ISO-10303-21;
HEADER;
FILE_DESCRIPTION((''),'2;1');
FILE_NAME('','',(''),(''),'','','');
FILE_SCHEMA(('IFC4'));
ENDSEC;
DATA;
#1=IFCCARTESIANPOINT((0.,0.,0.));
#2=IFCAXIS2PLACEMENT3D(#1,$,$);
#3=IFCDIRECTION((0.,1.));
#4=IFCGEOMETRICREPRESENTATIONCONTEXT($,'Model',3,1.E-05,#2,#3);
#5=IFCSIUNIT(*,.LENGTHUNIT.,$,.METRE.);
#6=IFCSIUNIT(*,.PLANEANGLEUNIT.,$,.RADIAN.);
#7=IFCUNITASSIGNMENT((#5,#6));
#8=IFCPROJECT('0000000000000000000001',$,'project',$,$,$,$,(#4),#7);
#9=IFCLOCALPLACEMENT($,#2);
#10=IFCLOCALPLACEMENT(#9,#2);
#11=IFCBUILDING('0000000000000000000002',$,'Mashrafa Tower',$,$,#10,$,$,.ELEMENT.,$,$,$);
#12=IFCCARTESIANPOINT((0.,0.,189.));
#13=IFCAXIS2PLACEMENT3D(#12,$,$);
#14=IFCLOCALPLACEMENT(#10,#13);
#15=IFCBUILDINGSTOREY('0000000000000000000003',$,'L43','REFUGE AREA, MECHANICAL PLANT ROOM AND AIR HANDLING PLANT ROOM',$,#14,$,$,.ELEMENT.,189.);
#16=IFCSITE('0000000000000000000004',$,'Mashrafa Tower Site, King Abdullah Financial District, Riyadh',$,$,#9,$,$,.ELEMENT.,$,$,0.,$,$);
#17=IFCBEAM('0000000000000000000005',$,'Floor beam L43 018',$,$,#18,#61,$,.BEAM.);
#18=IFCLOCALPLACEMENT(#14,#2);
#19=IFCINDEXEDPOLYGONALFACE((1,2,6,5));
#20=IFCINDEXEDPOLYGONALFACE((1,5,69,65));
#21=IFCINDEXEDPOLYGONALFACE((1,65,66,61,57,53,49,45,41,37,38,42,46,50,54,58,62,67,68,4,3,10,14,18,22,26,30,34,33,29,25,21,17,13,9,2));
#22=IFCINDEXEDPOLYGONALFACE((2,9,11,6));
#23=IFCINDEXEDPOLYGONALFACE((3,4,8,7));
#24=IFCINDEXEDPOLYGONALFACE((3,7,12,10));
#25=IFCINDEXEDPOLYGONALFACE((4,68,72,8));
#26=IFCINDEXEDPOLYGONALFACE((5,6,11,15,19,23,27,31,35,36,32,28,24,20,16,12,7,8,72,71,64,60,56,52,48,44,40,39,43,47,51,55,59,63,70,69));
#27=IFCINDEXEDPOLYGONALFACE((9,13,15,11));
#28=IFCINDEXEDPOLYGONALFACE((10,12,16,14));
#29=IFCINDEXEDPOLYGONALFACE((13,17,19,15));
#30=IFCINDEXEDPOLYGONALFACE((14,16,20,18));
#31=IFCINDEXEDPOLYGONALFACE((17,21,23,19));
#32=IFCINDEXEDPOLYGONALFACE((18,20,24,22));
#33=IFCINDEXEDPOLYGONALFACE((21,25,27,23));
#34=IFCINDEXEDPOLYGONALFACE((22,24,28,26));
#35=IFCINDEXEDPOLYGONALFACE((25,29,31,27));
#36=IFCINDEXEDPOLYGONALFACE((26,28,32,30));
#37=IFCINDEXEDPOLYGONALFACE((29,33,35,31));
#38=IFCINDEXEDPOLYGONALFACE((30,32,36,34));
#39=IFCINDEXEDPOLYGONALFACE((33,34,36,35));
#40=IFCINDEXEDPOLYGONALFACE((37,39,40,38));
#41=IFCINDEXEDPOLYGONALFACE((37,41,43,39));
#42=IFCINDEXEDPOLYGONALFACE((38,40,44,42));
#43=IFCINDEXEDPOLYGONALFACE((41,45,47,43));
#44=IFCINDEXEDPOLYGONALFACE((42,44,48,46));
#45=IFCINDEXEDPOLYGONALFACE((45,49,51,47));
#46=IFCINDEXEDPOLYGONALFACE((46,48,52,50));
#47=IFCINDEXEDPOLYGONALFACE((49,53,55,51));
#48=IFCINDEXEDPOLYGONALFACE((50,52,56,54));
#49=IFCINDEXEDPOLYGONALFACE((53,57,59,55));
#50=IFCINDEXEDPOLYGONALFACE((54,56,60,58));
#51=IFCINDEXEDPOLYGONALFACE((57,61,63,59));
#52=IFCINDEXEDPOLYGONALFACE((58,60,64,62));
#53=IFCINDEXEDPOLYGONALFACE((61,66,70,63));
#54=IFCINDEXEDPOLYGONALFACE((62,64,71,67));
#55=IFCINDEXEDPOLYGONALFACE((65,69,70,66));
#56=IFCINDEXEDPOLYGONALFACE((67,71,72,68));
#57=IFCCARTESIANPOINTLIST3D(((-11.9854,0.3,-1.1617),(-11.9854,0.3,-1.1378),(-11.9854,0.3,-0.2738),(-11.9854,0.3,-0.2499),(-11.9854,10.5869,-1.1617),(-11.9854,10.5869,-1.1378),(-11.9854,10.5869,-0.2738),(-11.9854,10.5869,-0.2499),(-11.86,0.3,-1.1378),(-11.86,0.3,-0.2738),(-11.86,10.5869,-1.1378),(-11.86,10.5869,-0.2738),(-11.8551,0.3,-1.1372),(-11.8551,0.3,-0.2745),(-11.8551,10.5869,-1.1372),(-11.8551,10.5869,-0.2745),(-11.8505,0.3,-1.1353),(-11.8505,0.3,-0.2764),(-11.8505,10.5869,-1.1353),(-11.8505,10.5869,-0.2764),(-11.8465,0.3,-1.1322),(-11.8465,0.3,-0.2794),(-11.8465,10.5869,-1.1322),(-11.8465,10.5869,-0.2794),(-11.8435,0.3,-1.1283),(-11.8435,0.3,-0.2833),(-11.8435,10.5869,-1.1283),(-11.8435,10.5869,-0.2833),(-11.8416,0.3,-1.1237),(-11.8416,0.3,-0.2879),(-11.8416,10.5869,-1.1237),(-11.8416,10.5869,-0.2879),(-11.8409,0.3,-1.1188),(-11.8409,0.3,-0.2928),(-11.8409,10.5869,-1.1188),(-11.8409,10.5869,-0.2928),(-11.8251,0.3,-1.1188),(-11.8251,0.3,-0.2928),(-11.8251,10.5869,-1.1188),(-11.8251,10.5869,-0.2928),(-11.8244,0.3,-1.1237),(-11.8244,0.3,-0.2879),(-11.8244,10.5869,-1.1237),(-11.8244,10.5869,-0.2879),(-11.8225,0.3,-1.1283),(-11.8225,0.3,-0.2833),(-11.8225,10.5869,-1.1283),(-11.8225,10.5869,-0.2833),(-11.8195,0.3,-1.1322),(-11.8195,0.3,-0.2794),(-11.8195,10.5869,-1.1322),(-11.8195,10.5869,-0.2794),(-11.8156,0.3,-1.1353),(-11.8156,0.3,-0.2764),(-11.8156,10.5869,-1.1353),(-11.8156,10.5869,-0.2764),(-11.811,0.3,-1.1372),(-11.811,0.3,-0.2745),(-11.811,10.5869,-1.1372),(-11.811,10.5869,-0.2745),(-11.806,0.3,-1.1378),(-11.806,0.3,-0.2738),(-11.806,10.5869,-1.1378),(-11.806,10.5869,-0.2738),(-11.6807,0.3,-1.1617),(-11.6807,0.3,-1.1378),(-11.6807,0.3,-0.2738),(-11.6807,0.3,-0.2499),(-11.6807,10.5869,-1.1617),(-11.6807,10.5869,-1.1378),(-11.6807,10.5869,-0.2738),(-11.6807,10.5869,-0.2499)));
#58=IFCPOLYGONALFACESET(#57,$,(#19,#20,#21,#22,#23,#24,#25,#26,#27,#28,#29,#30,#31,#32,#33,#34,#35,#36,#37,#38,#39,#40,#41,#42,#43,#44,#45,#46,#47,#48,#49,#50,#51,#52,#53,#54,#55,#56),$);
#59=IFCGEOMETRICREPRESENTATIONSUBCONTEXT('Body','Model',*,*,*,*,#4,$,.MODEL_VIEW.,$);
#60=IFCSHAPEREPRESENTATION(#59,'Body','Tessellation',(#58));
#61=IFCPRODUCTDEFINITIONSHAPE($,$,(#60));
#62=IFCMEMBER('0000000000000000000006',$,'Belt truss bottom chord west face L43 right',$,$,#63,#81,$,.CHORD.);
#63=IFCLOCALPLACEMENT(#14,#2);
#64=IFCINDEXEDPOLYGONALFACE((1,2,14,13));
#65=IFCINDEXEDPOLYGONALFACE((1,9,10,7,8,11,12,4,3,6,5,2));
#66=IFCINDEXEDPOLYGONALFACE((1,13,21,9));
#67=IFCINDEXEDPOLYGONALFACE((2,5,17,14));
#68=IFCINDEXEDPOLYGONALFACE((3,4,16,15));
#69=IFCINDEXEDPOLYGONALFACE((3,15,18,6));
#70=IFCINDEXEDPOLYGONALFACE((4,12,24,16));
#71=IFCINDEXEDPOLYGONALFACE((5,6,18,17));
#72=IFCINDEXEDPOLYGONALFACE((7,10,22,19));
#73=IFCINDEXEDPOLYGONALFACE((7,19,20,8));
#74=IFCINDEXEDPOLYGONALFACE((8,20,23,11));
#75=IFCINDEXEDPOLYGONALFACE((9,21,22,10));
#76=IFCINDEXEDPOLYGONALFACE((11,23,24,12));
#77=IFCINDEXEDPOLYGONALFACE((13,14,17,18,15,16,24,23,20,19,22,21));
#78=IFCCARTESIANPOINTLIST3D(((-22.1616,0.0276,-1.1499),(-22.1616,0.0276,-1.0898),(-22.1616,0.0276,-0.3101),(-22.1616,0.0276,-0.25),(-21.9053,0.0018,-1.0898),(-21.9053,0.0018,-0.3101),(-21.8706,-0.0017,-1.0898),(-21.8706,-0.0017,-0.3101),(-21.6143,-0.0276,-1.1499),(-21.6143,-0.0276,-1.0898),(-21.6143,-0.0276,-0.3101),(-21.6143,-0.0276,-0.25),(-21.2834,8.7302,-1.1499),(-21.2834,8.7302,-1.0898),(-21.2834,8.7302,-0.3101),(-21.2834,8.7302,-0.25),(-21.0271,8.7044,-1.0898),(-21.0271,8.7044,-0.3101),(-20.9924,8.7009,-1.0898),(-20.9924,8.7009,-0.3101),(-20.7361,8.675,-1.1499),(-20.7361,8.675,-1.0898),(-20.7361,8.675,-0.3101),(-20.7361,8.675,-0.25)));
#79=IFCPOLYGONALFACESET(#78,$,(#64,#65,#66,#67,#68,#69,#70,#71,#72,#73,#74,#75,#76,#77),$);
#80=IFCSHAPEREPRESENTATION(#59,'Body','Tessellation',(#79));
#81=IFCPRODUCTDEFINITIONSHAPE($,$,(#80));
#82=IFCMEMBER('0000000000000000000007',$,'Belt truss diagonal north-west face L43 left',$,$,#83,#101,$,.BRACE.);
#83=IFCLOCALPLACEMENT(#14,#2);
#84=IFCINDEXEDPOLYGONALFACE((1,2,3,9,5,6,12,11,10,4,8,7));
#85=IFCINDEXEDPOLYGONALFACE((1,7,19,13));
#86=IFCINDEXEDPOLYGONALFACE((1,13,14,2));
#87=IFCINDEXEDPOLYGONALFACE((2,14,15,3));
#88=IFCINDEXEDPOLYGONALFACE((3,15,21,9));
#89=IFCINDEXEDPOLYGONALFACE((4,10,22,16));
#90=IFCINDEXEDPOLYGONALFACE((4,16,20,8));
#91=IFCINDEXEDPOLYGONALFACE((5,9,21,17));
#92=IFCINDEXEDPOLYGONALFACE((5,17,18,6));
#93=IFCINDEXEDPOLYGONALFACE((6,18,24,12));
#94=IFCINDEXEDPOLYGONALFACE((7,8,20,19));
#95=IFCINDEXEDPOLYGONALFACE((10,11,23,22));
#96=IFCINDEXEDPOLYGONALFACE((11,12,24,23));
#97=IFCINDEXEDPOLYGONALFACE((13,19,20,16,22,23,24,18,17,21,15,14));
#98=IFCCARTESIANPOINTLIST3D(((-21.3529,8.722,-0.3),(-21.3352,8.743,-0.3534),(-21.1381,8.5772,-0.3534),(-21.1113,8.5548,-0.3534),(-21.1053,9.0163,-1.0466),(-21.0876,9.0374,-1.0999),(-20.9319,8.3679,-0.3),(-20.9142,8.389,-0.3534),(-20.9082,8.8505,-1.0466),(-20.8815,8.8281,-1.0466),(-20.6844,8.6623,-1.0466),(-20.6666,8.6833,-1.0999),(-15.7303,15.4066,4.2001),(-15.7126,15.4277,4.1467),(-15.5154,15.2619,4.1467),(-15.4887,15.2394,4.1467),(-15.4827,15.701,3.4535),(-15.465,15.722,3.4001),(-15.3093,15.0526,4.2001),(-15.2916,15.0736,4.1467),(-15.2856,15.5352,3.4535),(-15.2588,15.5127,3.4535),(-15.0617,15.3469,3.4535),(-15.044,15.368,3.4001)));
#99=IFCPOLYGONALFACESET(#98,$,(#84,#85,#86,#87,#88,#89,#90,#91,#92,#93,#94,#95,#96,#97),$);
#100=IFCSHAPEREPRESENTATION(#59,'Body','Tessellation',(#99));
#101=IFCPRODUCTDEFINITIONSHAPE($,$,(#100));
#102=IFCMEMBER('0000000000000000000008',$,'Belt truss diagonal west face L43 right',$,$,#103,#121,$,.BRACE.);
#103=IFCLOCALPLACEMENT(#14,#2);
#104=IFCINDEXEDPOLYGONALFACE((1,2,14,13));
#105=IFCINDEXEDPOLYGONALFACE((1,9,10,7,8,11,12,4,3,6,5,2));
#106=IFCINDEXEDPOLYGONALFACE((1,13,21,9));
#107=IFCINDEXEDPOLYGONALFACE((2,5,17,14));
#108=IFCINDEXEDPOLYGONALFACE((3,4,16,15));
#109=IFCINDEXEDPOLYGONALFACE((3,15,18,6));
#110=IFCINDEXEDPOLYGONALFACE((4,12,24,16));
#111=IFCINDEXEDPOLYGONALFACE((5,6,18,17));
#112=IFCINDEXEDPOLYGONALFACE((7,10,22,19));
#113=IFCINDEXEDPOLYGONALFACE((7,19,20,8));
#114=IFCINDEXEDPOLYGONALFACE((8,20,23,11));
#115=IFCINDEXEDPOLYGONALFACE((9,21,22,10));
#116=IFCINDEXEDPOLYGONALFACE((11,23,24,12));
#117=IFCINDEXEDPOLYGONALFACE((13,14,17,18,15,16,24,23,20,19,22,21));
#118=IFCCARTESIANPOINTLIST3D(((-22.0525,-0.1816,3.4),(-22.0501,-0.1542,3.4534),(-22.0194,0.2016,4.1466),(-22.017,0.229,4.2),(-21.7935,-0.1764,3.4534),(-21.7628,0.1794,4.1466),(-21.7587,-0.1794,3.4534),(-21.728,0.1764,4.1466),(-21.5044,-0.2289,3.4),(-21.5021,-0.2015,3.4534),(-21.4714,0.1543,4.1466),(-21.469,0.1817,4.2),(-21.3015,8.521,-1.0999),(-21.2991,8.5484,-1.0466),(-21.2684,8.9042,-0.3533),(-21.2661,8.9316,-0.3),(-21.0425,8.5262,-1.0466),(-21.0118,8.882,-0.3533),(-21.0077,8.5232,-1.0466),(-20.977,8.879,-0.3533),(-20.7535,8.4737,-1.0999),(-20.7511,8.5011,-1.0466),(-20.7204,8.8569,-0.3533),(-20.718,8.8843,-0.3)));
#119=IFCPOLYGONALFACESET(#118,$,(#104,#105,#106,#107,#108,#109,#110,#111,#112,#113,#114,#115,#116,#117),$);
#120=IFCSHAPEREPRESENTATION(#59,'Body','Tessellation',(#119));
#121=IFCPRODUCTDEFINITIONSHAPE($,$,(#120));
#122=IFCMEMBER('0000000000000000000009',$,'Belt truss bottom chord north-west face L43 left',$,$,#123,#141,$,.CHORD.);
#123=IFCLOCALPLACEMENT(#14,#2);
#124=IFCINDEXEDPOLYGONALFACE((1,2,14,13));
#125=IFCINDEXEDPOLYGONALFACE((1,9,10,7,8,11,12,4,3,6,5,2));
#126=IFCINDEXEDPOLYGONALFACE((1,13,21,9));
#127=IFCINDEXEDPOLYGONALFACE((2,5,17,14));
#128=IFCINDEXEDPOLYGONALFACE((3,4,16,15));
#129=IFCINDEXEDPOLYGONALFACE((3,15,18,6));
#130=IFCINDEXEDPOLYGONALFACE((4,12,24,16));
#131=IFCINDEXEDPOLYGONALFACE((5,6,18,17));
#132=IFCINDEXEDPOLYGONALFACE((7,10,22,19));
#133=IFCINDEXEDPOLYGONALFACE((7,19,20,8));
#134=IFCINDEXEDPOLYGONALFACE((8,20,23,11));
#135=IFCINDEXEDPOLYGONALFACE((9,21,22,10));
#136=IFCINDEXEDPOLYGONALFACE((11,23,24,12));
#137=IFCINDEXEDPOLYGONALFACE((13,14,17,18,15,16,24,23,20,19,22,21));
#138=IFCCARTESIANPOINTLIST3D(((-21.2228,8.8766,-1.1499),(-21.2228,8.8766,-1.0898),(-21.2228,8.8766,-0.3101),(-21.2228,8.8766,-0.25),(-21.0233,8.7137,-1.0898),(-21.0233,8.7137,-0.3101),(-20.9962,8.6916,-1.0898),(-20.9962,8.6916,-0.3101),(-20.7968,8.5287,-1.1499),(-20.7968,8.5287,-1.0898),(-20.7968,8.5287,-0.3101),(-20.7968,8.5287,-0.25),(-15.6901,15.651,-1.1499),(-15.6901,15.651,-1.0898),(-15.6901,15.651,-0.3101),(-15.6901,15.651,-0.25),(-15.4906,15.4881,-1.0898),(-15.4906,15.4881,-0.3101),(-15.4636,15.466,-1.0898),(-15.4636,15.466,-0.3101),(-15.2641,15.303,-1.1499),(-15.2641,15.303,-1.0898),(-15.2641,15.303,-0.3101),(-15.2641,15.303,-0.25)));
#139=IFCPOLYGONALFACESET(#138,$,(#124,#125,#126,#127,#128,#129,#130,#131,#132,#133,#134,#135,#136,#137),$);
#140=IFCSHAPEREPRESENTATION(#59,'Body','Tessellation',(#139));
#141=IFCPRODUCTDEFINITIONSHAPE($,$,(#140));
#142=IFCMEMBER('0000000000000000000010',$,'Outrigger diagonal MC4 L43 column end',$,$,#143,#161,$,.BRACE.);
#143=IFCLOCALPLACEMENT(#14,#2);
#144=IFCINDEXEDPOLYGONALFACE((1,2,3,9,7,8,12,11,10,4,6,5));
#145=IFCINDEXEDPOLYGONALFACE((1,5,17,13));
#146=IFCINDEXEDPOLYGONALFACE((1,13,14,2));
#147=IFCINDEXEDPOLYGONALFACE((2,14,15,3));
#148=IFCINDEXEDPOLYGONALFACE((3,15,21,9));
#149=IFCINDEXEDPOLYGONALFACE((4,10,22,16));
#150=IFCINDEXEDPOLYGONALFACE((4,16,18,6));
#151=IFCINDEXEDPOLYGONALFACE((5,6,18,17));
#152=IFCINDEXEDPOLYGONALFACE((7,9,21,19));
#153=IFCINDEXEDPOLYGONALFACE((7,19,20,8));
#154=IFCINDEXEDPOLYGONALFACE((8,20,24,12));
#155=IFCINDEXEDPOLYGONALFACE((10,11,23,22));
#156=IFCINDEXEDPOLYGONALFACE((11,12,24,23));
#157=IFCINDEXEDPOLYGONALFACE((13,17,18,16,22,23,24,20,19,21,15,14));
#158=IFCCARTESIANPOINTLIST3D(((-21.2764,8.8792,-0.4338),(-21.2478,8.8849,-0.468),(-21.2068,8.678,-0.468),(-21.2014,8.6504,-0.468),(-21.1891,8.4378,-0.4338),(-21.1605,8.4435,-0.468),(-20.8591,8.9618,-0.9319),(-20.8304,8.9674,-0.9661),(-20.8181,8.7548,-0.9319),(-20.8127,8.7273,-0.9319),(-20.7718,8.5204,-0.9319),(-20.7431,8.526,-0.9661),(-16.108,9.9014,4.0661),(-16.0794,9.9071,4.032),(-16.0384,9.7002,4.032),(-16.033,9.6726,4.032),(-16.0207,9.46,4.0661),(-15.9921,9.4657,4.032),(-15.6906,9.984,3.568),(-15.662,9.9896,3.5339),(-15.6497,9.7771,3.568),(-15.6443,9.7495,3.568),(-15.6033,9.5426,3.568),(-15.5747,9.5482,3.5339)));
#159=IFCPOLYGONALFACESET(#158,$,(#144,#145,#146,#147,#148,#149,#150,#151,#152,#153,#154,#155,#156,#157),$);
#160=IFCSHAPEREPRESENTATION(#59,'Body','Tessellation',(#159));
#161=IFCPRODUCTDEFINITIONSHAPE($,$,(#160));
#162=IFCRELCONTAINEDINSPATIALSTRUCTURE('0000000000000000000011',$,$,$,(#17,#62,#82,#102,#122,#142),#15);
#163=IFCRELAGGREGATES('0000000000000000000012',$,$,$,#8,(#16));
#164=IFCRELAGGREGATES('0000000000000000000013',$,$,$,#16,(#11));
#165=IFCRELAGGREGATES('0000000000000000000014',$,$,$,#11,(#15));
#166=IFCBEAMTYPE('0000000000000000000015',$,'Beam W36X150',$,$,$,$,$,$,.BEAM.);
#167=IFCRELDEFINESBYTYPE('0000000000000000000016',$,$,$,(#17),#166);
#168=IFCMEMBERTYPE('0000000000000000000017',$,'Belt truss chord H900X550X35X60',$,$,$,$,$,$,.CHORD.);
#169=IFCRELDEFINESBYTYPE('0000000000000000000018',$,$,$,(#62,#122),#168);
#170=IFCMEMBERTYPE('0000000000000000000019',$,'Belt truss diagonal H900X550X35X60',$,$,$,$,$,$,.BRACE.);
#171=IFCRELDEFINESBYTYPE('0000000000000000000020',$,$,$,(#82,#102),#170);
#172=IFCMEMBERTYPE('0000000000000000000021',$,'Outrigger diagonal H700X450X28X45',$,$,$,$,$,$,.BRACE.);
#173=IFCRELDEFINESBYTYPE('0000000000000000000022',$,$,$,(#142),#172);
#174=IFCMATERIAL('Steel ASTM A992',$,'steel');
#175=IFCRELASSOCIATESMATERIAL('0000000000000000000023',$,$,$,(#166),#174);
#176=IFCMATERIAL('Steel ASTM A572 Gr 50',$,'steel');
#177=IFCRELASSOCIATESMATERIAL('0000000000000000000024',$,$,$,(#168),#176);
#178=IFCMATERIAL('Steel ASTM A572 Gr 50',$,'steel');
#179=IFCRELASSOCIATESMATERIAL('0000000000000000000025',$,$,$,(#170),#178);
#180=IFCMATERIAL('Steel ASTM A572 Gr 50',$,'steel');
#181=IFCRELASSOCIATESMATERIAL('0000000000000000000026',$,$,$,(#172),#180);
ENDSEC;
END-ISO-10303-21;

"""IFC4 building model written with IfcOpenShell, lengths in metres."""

from ifc_helpers import new_model, si_unit, direction, frame, origin, origin_2d, place, context, subcontext, project, spatial, i_section, extrude, source, transform, mapped, material, material_profile, profile_set, type_object, type_shapes, element, save


model = new_model("IFC4")

# Units and contexts
model_context = context("Model", 3, precision=1e-05, world=origin(), true_north=direction((0.0, 1.0)))
body_context = subcontext(model_context, "Body", "Model", "MODEL_VIEW")
ifc_project = project(units=[si_unit("LENGTHUNIT", "METRE"), si_unit("PLANEANGLEUNIT", "RADIAN")], contexts=[model_context])

# Site, building, storey
site_placement = place(None, origin())
site = spatial("IfcSite", under=ifc_project, at=site_placement, Name="Mashrafa Tower Site, King Abdullah Financial District, Riyadh", CompositionType="ELEMENT", RefElevation=0.0)
building_placement = place(site_placement, origin())
building = spatial("IfcBuilding", under=site, at=building_placement, Name="Mashrafa Tower", CompositionType="ELEMENT")
storey_placement = place(building_placement, frame((0.0, 0.0, 189.0)))
storey = spatial("IfcBuildingStorey", under=building, at=storey_placement, Name="L43", Description="REFUGE AREA, MECHANICAL PLANT ROOM AND AIR HANDLING PLANT ROOM", CompositionType="ELEMENT", Elevation=189.0)

# Beam
ifc_material_1 = material(Name="Steel ASTM A992", Category="steel")
ifc_material_profile_1 = material_profile(ifc_material_1, i_section(OverallWidth=0.3047, OverallDepth=0.9119, WebThickness=0.0159, FlangeThickness=0.0239, FilletRadius=0.019, at=origin_2d()), Name="W36X150")
ifc_profile_set_1 = profile_set([ifc_material_profile_1], Name="Steel ASTM A992")
beam_type_1 = type_object("IfcBeamType", Name="Beam W36X150", PredefinedType="BEAM", material=ifc_profile_set_1)
beam_1_placement = place(storey_placement, frame((-11.833, 0.3, -0.7058), z_axis=(0.0, 1.0, 0.0), x_axis=(-1.0, 0.0, 0.0)))
element("IfcBeam", 1, at=beam_1_placement, inside=storey, type_object=beam_type_1, Name="Floor beam L43 018", PredefinedType="BEAM", context=body_context, shape_type="SweptSolid", body=[
    extrude(i_section(OverallWidth=0.3047, OverallDepth=0.9119, WebThickness=0.0159, FlangeThickness=0.0239, FilletRadius=0.019, at=origin_2d()), origin(), (0.0, 0.0, 1.0), 10.2869),
])

# Members
ifc_material_2 = material(Name="Steel ASTM A572 Gr 50", Category="steel")
ifc_material_profile_2 = material_profile(ifc_material_2, i_section(OverallWidth=0.55, OverallDepth=0.8999, WebThickness=0.0349, FlangeThickness=0.0601, at=origin_2d()), Name="H900X550X35X60")
ifc_profile_set_2 = profile_set([ifc_material_profile_2], Name="Steel ASTM A572 Gr 50")
member_type_1 = type_object("IfcMemberType", Name="Belt truss chord H900X550X35X60", PredefinedType="CHORD", material=ifc_profile_set_2)
shared_shape_1 = source(origin(), body_context, "Body", "SweptSolid", [
    extrude(i_section(OverallWidth=0.55, OverallDepth=0.8999, WebThickness=0.0349, FlangeThickness=0.0601, at=origin_2d()), origin(), (0.0, 0.0, 1.0), 8.7468),
])
member_1_placement = place(storey_placement, frame((-21.0098, 8.7026, -0.7), z_axis=(-0.100399, -0.994947, 0.0), x_axis=(0.994947, -0.100399, 0.0)))
element("IfcMember", 2, at=member_1_placement, inside=storey, type_object=member_type_1, Name="Belt truss bottom chord west face L43 right", PredefinedType="CHORD", context=body_context, shape_type="MappedRepresentation", body=[
    mapped(shared_shape_1, transform((0.0, 0.0, 0.0))),
])
ifc_material_3 = material(Name="Steel ASTM A572 Gr 50", Category="steel")
ifc_material_profile_3 = material_profile(ifc_material_3, i_section(OverallWidth=0.55, OverallDepth=0.8999, WebThickness=0.0349, FlangeThickness=0.0601, at=origin_2d()), Name="H900X550X35X60")
ifc_profile_set_3 = profile_set([ifc_material_profile_3], Name="Steel ASTM A572 Gr 50")
member_type_2 = type_object("IfcMemberType", Name="Belt truss diagonal H900X550X35X60", PredefinedType="BRACE", material=ifc_profile_set_3)
shared_shape_2 = source(origin(), body_context, "Body", "SweptSolid", [
    extrude(i_section(OverallWidth=0.55, OverallDepth=0.8999, WebThickness=0.0349, FlangeThickness=0.0601, at=origin_2d()), origin(), (0.0, 0.0, 1.0), 9.8259),
])
type_shapes(member_type_2, [shared_shape_2])
for number, where, z_axis, x_axis, name in (
    (3, (-21.0098, 8.7026, -0.7), (0.572223, 0.680307, 0.457977), (-0.765281, 0.643697, 0.0), "Belt truss diagonal north-west face L43 left"),
    (4, (-21.0098, 8.7026, -0.7), (-0.076428, -0.885676, 0.45797), (0.996297, -0.085973, 0.0), "Belt truss diagonal west face L43 right"),
):
    element("IfcMember", number, at=place(storey_placement, frame(where, z_axis=z_axis, x_axis=x_axis)), inside=storey, type_object=member_type_2, Name=name, PredefinedType="BRACE", context=body_context, shape_type="MappedRepresentation", body=[
        mapped(shared_shape_2, transform((0.0, 0.0, 0.0))),
    ])
shared_shape_3 = source(origin(), body_context, "Body", "SweptSolid", [
    extrude(i_section(OverallWidth=0.55, OverallDepth=0.8999, WebThickness=0.0349, FlangeThickness=0.0601, at=origin_2d()), origin(), (0.0, 0.0, 1.0), 8.7466),
])
type_shapes(member_type_1, [shared_shape_1, shared_shape_3])
member_2_placement = place(storey_placement, frame((-21.0098, 8.7026, -0.7), z_axis=(0.632554, 0.774517, 0.0), x_axis=(-0.774517, 0.632554, 0.0)))
element("IfcMember", 5, at=member_2_placement, inside=storey, type_object=member_type_1, Name="Belt truss bottom chord north-west face L43 left", PredefinedType="CHORD", context=body_context, shape_type="MappedRepresentation", body=[
    mapped(shared_shape_3, transform((0.0, 0.0, 0.0))),
])
ifc_material_4 = material(Name="Steel ASTM A572 Gr 50", Category="steel")
ifc_material_profile_4 = material_profile(ifc_material_4, i_section(OverallWidth=0.45, OverallDepth=0.7, WebThickness=0.0281, FlangeThickness=0.0449, at=origin_2d()), Name="H700X450X28X45")
ifc_profile_set_4 = profile_set([ifc_material_profile_4], Name="Steel ASTM A572 Gr 50")
member_type_3 = type_object("IfcMemberType", Name="Outrigger diagonal H700X450X28X45", PredefinedType="BRACE", material=ifc_profile_set_4)
shared_shape_4 = source(origin(), body_context, "Body", "SweptSolid", [
    extrude(i_section(OverallWidth=0.45, OverallDepth=0.7, WebThickness=0.0281, FlangeThickness=0.0449, at=origin_2d()), origin(), (0.0, 0.0, 1.0), 6.9287),
])
type_shapes(member_type_3, [shared_shape_4])
member_3_placement = place(storey_placement, frame((-21.0098, 8.7026, -0.7), z_axis=(0.745941, 0.147532, 0.649466), x_axis=(-0.194022, 0.980997, 0.0)))
element("IfcMember", 6, at=member_3_placement, inside=storey, type_object=member_type_3, Name="Outrigger diagonal MC4 L43 column end", PredefinedType="BRACE", context=body_context, shape_type="MappedRepresentation", body=[
    mapped(shared_shape_4, transform((0.0, 0.0, 0.0))),
])

save(model, "model.ifc")
